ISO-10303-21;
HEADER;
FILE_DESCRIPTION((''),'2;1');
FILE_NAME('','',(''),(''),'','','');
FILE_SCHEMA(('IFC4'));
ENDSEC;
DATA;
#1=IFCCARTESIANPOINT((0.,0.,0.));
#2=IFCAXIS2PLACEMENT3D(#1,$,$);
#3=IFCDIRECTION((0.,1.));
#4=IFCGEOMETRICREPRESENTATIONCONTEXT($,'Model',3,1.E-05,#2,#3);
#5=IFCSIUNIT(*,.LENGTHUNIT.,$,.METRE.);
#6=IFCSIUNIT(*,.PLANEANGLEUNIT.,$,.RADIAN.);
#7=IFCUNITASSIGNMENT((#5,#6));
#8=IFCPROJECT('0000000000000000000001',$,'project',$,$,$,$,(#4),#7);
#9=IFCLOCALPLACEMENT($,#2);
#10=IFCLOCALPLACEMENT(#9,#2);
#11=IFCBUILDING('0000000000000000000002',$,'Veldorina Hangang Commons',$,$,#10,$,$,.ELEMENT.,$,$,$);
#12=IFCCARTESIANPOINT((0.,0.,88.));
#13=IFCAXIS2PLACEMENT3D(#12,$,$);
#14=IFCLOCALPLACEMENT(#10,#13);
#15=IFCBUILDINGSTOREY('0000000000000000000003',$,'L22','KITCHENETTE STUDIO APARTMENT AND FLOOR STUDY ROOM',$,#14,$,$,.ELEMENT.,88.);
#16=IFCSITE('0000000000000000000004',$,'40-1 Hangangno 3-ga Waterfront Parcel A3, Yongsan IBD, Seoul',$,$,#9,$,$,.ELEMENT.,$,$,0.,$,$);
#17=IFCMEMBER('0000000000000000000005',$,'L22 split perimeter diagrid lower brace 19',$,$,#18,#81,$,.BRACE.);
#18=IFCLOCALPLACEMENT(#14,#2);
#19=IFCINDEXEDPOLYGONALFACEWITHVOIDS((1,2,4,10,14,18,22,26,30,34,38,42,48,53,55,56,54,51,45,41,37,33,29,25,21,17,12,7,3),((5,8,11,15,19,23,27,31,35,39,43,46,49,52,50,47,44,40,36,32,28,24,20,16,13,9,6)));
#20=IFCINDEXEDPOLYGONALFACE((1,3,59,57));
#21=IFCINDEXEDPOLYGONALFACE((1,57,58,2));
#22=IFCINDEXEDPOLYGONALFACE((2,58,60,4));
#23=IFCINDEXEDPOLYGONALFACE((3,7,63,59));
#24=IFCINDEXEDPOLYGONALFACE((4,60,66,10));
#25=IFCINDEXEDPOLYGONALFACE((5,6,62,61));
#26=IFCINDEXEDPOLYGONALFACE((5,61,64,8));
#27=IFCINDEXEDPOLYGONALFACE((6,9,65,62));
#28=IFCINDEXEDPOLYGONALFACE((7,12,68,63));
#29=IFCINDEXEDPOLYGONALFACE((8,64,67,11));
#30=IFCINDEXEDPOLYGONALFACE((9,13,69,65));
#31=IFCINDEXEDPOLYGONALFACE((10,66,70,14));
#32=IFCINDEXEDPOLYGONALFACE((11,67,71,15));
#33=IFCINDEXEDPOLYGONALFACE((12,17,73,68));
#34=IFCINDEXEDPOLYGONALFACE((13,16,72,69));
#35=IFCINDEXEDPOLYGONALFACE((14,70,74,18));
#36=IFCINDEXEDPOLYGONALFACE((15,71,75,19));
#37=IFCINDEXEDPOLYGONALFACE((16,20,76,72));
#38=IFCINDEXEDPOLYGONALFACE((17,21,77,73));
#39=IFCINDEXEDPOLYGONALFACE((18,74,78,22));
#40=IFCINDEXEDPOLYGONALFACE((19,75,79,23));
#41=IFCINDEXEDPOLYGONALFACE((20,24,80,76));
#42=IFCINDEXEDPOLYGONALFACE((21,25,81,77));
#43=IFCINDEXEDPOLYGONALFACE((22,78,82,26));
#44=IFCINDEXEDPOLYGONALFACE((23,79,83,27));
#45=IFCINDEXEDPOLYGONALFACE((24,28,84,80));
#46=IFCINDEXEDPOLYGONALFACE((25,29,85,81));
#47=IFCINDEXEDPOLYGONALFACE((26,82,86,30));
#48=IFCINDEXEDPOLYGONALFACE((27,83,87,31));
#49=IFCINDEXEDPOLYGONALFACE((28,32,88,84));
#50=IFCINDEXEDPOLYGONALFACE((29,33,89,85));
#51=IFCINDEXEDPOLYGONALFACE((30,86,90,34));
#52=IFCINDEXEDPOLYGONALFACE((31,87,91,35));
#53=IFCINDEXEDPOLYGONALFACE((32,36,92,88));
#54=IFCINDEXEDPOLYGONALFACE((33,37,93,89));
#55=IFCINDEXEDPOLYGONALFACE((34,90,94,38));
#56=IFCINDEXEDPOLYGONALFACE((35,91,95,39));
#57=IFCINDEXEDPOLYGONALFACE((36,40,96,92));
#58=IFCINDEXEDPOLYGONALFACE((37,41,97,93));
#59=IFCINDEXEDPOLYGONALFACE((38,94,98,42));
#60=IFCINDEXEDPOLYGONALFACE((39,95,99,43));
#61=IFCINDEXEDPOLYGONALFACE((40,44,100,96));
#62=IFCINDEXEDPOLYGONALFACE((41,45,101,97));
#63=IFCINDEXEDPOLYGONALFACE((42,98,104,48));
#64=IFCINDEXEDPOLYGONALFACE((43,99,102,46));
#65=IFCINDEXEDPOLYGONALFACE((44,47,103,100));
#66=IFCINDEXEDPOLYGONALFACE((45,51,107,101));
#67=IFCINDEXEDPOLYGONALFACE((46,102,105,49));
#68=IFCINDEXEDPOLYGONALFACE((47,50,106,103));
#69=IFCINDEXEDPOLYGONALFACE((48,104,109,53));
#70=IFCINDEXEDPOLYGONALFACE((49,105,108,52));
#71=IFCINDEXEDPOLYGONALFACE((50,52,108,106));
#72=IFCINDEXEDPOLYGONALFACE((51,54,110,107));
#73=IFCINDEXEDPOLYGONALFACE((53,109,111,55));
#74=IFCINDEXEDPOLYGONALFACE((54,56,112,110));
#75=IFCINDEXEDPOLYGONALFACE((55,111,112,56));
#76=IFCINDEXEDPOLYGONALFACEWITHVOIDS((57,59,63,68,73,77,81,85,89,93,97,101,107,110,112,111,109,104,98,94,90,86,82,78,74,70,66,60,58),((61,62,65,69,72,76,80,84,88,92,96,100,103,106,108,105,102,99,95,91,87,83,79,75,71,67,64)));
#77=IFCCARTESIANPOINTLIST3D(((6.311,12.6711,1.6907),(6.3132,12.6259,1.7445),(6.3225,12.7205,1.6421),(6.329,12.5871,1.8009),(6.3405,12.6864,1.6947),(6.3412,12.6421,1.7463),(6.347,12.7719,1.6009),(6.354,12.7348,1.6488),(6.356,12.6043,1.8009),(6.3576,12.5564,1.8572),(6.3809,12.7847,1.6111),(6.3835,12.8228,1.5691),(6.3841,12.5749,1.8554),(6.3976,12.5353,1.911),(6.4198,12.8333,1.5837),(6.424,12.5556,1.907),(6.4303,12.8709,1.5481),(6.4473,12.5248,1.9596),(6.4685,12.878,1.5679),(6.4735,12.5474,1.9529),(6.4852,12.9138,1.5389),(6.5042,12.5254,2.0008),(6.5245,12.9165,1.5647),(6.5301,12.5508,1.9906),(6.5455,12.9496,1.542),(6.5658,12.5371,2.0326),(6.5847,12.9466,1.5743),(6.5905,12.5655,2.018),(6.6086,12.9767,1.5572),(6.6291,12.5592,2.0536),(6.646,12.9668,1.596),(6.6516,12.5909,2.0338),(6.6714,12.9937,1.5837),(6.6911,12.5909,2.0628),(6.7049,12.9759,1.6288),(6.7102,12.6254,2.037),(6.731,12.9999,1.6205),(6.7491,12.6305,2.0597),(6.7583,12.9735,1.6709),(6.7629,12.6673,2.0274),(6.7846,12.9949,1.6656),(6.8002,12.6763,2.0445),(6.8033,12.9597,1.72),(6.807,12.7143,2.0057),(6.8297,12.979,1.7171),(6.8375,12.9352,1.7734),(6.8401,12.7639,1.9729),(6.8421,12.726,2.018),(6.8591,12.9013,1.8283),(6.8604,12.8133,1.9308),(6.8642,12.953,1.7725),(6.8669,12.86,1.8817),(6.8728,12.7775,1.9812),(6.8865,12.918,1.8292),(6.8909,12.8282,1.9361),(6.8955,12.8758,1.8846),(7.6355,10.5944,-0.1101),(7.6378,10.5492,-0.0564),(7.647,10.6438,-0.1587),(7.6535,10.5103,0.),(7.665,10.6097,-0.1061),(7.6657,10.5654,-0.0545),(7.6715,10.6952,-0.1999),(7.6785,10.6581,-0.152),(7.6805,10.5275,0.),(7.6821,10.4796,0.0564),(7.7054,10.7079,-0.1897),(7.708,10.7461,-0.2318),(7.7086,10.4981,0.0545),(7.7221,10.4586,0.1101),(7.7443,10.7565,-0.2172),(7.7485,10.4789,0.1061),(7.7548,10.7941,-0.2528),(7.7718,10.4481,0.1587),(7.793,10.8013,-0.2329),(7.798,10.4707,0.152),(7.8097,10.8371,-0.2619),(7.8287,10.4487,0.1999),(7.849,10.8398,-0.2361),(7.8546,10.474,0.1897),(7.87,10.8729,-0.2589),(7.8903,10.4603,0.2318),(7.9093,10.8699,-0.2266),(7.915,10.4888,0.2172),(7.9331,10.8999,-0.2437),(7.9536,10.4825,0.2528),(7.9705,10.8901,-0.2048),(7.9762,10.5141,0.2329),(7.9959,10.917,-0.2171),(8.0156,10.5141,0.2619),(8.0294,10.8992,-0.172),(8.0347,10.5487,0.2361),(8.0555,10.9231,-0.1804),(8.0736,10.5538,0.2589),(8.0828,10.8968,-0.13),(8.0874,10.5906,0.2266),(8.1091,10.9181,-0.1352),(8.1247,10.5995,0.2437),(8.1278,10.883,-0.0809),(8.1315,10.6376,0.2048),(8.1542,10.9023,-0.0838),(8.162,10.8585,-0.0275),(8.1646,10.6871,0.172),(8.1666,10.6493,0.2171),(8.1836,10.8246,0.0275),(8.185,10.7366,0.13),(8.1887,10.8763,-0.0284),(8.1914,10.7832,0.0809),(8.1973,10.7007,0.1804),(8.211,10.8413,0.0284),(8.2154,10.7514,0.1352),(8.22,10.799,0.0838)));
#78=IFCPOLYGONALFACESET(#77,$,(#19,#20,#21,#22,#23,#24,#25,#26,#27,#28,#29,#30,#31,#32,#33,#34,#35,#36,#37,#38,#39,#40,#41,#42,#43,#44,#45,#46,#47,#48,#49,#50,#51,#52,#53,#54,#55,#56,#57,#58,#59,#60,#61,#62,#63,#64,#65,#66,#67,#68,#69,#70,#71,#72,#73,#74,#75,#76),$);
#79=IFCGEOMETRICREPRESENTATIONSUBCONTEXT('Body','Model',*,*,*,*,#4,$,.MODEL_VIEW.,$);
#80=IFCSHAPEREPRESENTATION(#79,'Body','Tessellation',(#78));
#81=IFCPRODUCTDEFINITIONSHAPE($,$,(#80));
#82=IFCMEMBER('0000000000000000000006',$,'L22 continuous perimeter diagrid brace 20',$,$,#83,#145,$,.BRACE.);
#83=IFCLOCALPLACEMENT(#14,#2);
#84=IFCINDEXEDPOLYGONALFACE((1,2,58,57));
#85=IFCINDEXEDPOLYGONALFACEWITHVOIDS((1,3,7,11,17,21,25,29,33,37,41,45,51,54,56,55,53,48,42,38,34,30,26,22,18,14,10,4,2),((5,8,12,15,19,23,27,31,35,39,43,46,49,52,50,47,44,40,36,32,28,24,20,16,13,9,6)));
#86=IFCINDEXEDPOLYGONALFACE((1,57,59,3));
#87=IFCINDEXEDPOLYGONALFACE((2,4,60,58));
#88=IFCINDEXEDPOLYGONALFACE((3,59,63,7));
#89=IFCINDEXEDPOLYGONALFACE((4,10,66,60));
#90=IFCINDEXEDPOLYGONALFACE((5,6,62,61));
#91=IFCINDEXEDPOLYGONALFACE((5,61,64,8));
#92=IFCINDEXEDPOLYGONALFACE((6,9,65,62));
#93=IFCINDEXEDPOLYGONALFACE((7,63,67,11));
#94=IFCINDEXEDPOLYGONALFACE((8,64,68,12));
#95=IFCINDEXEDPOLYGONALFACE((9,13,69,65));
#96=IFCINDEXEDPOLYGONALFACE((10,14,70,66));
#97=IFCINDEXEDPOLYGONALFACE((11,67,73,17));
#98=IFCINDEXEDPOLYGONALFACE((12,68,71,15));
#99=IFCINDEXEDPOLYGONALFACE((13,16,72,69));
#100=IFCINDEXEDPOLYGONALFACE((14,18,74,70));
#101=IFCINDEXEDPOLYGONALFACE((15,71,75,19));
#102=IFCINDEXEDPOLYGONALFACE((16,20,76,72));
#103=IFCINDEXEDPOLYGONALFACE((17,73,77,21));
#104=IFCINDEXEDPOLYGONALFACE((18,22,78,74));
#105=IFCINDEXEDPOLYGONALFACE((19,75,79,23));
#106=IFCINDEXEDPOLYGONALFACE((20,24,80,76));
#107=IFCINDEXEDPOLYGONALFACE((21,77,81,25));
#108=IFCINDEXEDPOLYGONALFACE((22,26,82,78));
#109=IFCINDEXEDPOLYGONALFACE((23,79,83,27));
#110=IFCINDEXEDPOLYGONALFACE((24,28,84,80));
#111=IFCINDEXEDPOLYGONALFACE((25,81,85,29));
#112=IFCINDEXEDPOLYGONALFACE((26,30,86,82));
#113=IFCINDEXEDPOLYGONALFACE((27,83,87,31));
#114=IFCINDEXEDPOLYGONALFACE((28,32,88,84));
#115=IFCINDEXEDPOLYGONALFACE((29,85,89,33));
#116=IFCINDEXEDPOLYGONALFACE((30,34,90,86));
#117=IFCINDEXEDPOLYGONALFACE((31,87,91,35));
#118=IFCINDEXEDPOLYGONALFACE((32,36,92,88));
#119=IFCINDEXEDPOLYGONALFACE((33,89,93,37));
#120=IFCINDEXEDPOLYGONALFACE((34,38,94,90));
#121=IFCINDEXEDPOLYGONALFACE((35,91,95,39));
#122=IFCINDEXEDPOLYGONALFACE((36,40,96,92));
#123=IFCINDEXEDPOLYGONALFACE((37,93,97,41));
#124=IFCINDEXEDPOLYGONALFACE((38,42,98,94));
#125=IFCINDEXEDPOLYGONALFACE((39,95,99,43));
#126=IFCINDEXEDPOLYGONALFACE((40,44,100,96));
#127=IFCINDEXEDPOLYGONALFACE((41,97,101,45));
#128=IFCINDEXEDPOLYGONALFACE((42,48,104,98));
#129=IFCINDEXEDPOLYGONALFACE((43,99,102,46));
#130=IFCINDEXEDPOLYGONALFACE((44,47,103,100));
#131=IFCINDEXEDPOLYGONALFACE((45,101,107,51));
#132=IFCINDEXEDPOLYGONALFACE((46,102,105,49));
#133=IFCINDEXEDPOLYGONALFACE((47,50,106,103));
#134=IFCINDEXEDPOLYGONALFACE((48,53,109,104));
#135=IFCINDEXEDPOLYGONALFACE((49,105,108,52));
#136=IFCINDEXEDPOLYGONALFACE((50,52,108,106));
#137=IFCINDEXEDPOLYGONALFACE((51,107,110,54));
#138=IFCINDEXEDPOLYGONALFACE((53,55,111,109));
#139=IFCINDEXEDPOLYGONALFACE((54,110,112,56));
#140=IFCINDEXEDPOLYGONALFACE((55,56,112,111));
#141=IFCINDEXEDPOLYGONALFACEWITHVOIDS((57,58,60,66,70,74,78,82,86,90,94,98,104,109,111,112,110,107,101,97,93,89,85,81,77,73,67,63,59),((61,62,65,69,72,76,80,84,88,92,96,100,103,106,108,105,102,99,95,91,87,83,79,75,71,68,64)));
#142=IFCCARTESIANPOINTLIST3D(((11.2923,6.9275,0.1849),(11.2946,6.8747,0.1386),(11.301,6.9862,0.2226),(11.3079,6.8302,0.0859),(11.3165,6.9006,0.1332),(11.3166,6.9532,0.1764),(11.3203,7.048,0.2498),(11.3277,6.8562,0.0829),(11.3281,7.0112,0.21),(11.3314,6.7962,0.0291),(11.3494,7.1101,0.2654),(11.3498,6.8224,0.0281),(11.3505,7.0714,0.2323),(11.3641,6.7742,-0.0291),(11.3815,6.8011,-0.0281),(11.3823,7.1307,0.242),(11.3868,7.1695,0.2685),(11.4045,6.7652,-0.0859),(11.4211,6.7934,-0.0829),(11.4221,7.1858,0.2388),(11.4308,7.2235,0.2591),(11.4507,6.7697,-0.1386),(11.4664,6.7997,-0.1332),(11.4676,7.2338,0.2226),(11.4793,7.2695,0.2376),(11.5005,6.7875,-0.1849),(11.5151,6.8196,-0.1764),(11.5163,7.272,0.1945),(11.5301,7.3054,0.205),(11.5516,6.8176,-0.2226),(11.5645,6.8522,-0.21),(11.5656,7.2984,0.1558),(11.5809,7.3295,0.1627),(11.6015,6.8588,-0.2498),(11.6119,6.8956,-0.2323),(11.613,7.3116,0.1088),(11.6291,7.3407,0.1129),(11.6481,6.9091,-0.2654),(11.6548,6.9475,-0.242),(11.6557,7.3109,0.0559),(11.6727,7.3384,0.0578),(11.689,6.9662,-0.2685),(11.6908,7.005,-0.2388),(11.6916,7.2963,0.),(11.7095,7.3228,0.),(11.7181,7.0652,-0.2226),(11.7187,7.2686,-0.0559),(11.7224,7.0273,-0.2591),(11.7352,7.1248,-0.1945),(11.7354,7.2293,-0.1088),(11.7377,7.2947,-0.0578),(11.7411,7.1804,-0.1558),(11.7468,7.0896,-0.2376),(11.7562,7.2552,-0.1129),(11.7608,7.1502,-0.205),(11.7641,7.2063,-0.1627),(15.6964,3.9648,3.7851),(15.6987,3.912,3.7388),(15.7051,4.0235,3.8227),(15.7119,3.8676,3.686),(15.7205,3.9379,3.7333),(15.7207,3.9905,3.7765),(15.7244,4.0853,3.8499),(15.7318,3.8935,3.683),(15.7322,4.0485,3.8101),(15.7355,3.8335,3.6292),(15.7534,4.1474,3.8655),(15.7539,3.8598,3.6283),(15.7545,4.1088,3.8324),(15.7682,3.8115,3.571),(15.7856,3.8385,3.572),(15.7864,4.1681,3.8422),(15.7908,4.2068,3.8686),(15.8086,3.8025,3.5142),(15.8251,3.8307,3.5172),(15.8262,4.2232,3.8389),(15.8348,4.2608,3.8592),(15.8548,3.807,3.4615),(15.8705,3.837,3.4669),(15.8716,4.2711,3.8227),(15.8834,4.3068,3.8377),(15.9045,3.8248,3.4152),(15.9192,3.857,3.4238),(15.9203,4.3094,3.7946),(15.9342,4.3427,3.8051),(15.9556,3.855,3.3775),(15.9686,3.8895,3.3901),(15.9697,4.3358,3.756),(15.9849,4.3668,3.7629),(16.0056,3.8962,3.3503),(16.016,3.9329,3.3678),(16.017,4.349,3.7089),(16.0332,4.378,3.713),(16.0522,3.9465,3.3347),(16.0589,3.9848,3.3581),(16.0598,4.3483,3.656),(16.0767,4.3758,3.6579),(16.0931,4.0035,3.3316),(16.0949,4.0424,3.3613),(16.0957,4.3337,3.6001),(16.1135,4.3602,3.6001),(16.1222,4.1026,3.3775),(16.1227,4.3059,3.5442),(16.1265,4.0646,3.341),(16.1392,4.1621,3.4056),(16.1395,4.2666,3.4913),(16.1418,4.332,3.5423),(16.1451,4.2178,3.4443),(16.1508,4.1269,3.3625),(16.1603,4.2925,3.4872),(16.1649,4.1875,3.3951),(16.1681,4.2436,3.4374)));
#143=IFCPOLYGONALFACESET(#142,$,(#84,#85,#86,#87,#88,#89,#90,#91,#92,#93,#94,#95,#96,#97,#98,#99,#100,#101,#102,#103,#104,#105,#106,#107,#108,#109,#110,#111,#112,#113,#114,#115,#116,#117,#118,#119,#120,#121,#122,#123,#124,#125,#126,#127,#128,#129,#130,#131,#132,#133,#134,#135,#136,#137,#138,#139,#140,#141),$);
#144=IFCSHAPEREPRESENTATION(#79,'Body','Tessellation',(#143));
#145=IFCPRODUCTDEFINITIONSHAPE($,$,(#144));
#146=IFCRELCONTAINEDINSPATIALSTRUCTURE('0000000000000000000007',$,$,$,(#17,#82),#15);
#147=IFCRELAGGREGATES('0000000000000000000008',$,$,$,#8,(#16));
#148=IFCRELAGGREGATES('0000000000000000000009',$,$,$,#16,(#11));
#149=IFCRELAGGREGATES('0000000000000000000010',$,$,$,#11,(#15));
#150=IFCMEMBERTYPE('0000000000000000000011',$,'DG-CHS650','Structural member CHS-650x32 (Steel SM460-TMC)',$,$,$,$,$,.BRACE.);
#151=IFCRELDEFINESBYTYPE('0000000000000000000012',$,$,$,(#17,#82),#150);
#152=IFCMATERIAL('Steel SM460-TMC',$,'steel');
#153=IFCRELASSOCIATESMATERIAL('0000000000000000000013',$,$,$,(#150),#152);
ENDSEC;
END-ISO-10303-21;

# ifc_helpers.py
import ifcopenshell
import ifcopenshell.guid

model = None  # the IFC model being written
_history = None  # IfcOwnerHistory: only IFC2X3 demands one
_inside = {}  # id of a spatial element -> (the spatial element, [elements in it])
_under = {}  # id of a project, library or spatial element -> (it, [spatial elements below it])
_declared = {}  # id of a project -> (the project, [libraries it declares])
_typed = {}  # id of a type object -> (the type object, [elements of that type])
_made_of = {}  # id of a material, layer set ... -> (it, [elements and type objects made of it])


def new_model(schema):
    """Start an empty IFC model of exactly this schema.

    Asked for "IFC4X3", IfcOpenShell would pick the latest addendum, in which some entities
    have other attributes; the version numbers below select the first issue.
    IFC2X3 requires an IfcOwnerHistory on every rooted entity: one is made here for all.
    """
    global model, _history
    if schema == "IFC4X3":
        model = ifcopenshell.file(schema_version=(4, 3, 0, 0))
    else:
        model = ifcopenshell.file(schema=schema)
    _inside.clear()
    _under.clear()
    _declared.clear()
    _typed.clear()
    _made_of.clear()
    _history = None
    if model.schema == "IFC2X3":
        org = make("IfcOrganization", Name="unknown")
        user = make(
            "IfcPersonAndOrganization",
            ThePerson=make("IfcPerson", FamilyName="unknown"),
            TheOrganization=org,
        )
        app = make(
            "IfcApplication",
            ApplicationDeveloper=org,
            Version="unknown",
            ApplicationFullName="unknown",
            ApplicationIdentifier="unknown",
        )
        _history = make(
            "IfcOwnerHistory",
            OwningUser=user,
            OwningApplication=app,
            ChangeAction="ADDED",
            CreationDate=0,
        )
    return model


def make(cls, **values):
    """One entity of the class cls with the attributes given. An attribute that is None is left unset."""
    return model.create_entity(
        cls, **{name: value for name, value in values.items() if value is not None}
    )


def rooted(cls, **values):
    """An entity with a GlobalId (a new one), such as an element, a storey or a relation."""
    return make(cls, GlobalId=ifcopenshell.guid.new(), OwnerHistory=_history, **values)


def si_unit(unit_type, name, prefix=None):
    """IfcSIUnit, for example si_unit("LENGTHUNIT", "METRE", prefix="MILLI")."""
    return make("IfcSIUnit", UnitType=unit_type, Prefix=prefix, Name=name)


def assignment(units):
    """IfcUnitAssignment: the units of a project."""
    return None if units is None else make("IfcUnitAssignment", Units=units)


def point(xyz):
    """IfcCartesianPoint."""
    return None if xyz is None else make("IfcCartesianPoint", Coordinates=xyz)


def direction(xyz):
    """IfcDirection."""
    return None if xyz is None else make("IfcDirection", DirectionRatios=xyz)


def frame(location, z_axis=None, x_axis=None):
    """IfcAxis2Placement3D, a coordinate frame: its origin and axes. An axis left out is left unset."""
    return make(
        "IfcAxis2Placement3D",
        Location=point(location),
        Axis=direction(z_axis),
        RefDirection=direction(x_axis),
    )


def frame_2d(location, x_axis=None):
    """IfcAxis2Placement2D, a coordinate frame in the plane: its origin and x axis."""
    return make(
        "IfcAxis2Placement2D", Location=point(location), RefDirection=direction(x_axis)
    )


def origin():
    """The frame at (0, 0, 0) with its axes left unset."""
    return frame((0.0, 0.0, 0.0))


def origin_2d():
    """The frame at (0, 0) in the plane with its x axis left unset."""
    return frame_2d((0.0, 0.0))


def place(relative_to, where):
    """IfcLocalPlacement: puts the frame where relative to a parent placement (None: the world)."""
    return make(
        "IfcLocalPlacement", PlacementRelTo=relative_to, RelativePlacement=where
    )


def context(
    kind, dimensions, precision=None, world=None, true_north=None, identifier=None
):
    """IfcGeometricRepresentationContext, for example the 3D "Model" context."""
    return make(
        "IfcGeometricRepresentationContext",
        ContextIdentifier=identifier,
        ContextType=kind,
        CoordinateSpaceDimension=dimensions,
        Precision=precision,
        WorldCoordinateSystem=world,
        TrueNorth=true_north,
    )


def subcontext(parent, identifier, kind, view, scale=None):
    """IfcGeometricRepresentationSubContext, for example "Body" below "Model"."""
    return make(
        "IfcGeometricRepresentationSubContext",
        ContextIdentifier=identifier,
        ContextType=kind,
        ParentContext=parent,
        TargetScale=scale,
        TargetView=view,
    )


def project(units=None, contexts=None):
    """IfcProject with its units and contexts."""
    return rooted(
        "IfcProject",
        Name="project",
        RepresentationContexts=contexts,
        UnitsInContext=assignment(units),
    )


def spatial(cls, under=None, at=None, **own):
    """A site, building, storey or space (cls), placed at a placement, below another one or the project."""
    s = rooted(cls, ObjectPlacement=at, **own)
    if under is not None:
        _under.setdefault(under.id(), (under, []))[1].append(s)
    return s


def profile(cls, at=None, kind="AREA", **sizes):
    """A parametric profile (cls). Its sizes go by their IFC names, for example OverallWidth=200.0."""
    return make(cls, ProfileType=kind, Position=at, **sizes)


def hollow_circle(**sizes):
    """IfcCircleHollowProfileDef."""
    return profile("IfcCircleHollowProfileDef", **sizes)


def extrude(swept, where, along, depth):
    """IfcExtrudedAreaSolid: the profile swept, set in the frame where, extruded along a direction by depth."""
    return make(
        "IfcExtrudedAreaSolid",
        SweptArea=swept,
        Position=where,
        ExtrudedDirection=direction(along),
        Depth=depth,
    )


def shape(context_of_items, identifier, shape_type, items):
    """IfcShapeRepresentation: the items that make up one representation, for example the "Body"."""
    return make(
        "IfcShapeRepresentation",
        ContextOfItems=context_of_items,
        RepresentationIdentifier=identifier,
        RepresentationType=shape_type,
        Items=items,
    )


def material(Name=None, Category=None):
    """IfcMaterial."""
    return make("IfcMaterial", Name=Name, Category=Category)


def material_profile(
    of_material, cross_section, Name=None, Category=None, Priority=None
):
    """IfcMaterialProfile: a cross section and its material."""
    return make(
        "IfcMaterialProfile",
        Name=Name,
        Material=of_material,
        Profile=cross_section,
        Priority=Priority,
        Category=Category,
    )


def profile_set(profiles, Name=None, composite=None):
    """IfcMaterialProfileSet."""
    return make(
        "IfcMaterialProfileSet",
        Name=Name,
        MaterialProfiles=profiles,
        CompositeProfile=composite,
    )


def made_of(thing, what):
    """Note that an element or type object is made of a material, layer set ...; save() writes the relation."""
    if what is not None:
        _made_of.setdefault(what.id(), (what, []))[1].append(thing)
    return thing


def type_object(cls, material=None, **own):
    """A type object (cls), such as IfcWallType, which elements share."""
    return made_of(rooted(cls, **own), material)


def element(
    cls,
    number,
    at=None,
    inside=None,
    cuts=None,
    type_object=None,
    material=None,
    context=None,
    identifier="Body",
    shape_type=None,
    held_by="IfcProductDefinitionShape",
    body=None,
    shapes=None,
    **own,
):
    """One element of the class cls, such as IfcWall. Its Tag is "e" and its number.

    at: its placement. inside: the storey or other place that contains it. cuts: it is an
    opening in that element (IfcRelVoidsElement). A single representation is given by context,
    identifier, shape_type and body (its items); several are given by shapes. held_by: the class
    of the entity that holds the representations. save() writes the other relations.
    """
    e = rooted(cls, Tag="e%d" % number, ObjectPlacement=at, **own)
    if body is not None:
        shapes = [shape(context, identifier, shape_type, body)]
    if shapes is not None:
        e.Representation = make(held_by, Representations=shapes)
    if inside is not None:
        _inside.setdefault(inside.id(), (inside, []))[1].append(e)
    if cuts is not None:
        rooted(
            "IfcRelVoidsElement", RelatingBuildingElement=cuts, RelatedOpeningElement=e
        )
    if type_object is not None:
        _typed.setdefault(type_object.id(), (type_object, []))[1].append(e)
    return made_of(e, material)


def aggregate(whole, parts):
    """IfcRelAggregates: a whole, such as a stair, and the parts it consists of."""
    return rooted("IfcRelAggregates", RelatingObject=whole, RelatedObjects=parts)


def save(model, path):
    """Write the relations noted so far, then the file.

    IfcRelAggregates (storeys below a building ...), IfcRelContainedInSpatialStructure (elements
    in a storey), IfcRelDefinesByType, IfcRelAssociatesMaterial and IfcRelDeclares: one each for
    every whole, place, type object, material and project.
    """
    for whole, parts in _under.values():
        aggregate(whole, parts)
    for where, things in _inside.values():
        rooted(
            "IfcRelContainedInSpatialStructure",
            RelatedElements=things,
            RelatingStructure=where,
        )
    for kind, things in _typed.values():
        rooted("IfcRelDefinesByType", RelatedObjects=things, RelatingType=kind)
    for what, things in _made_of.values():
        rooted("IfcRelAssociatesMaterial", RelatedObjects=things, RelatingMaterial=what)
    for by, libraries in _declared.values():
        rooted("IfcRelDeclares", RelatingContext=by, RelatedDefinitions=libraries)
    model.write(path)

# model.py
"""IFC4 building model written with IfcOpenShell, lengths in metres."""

from ifc_helpers import new_model, si_unit, direction, frame, origin, origin_2d, place, context, subcontext, project, spatial, hollow_circle, extrude, material, material_profile, profile_set, type_object, element, save


model = new_model("IFC4")

# Units and contexts
model_context = context("Model", 3, precision=1e-05, world=origin(), true_north=direction((0.0, 1.0)))
body_context = subcontext(model_context, "Body", "Model", "MODEL_VIEW")
ifc_project = project(units=[si_unit("LENGTHUNIT", "METRE"), si_unit("PLANEANGLEUNIT", "RADIAN")], contexts=[model_context])

# Site, building, storey
site_placement = place(None, origin())
site = spatial("IfcSite", under=ifc_project, at=site_placement, Name="40-1 Hangangno 3-ga Waterfront Parcel A3, Yongsan IBD, Seoul", CompositionType="ELEMENT", RefElevation=0.0)
building_placement = place(site_placement, origin())
building = spatial("IfcBuilding", under=site, at=building_placement, Name="Veldorina Hangang Commons", CompositionType="ELEMENT")
storey_placement = place(building_placement, frame((0.0, 0.0, 88.0)))
storey = spatial("IfcBuildingStorey", under=building, at=storey_placement, Name="L22", Description="KITCHENETTE STUDIO APARTMENT AND FLOOR STUDY ROOM", CompositionType="ELEMENT", Elevation=88.0)

# Members
ifc_material_1 = material(Name="Steel SM460-TMC", Category="steel")
ifc_material_profile_1 = material_profile(ifc_material_1, hollow_circle(Radius=0.325, WallThickness=0.032, at=origin_2d()), Name="CHS-650x32")
ifc_profile_set_1 = profile_set([ifc_material_profile_1], Name="Steel SM460-TMC")
member_type = type_object("IfcMemberType", Name="DG-CHS650", Description="Structural member CHS-650x32 (Steel SM460-TMC)", PredefinedType="BRACE", material=ifc_profile_set_1)
member_1_placement = place(storey_placement, frame((7.9275, 10.6851, 0.0), z_axis=(-0.434086, 0.680615, 0.590197), x_axis=(-0.843118, -0.537728, 0.0)))
element("IfcMember", 1, at=member_1_placement, inside=storey, type_object=member_type, Name="L22 split perimeter diagrid lower brace 19", PredefinedType="BRACE", context=body_context, shape_type="SweptSolid", body=[
    extrude(hollow_circle(Radius=0.325, WallThickness=0.032, at=origin_2d()), origin(), (0.0, 0.0, 1.0), 3.0513),
])
member_2_placement = place(storey_placement, frame((11.5281, 7.0532, 0.0), z_axis=(0.686679, -0.461935, 0.561327), x_axis=(0.558166, 0.829729, 0.0)))
element("IfcMember", 2, at=member_2_placement, inside=storey, type_object=member_type, Name="L22 continuous perimeter diagrid brace 20", PredefinedType="BRACE", context=body_context, shape_type="SweptSolid", body=[
    extrude(hollow_circle(Radius=0.325, WallThickness=0.032, at=origin_2d()), origin(), (0.0, 0.0, 1.0), 6.4136),
])

save(model, "model.ifc")
